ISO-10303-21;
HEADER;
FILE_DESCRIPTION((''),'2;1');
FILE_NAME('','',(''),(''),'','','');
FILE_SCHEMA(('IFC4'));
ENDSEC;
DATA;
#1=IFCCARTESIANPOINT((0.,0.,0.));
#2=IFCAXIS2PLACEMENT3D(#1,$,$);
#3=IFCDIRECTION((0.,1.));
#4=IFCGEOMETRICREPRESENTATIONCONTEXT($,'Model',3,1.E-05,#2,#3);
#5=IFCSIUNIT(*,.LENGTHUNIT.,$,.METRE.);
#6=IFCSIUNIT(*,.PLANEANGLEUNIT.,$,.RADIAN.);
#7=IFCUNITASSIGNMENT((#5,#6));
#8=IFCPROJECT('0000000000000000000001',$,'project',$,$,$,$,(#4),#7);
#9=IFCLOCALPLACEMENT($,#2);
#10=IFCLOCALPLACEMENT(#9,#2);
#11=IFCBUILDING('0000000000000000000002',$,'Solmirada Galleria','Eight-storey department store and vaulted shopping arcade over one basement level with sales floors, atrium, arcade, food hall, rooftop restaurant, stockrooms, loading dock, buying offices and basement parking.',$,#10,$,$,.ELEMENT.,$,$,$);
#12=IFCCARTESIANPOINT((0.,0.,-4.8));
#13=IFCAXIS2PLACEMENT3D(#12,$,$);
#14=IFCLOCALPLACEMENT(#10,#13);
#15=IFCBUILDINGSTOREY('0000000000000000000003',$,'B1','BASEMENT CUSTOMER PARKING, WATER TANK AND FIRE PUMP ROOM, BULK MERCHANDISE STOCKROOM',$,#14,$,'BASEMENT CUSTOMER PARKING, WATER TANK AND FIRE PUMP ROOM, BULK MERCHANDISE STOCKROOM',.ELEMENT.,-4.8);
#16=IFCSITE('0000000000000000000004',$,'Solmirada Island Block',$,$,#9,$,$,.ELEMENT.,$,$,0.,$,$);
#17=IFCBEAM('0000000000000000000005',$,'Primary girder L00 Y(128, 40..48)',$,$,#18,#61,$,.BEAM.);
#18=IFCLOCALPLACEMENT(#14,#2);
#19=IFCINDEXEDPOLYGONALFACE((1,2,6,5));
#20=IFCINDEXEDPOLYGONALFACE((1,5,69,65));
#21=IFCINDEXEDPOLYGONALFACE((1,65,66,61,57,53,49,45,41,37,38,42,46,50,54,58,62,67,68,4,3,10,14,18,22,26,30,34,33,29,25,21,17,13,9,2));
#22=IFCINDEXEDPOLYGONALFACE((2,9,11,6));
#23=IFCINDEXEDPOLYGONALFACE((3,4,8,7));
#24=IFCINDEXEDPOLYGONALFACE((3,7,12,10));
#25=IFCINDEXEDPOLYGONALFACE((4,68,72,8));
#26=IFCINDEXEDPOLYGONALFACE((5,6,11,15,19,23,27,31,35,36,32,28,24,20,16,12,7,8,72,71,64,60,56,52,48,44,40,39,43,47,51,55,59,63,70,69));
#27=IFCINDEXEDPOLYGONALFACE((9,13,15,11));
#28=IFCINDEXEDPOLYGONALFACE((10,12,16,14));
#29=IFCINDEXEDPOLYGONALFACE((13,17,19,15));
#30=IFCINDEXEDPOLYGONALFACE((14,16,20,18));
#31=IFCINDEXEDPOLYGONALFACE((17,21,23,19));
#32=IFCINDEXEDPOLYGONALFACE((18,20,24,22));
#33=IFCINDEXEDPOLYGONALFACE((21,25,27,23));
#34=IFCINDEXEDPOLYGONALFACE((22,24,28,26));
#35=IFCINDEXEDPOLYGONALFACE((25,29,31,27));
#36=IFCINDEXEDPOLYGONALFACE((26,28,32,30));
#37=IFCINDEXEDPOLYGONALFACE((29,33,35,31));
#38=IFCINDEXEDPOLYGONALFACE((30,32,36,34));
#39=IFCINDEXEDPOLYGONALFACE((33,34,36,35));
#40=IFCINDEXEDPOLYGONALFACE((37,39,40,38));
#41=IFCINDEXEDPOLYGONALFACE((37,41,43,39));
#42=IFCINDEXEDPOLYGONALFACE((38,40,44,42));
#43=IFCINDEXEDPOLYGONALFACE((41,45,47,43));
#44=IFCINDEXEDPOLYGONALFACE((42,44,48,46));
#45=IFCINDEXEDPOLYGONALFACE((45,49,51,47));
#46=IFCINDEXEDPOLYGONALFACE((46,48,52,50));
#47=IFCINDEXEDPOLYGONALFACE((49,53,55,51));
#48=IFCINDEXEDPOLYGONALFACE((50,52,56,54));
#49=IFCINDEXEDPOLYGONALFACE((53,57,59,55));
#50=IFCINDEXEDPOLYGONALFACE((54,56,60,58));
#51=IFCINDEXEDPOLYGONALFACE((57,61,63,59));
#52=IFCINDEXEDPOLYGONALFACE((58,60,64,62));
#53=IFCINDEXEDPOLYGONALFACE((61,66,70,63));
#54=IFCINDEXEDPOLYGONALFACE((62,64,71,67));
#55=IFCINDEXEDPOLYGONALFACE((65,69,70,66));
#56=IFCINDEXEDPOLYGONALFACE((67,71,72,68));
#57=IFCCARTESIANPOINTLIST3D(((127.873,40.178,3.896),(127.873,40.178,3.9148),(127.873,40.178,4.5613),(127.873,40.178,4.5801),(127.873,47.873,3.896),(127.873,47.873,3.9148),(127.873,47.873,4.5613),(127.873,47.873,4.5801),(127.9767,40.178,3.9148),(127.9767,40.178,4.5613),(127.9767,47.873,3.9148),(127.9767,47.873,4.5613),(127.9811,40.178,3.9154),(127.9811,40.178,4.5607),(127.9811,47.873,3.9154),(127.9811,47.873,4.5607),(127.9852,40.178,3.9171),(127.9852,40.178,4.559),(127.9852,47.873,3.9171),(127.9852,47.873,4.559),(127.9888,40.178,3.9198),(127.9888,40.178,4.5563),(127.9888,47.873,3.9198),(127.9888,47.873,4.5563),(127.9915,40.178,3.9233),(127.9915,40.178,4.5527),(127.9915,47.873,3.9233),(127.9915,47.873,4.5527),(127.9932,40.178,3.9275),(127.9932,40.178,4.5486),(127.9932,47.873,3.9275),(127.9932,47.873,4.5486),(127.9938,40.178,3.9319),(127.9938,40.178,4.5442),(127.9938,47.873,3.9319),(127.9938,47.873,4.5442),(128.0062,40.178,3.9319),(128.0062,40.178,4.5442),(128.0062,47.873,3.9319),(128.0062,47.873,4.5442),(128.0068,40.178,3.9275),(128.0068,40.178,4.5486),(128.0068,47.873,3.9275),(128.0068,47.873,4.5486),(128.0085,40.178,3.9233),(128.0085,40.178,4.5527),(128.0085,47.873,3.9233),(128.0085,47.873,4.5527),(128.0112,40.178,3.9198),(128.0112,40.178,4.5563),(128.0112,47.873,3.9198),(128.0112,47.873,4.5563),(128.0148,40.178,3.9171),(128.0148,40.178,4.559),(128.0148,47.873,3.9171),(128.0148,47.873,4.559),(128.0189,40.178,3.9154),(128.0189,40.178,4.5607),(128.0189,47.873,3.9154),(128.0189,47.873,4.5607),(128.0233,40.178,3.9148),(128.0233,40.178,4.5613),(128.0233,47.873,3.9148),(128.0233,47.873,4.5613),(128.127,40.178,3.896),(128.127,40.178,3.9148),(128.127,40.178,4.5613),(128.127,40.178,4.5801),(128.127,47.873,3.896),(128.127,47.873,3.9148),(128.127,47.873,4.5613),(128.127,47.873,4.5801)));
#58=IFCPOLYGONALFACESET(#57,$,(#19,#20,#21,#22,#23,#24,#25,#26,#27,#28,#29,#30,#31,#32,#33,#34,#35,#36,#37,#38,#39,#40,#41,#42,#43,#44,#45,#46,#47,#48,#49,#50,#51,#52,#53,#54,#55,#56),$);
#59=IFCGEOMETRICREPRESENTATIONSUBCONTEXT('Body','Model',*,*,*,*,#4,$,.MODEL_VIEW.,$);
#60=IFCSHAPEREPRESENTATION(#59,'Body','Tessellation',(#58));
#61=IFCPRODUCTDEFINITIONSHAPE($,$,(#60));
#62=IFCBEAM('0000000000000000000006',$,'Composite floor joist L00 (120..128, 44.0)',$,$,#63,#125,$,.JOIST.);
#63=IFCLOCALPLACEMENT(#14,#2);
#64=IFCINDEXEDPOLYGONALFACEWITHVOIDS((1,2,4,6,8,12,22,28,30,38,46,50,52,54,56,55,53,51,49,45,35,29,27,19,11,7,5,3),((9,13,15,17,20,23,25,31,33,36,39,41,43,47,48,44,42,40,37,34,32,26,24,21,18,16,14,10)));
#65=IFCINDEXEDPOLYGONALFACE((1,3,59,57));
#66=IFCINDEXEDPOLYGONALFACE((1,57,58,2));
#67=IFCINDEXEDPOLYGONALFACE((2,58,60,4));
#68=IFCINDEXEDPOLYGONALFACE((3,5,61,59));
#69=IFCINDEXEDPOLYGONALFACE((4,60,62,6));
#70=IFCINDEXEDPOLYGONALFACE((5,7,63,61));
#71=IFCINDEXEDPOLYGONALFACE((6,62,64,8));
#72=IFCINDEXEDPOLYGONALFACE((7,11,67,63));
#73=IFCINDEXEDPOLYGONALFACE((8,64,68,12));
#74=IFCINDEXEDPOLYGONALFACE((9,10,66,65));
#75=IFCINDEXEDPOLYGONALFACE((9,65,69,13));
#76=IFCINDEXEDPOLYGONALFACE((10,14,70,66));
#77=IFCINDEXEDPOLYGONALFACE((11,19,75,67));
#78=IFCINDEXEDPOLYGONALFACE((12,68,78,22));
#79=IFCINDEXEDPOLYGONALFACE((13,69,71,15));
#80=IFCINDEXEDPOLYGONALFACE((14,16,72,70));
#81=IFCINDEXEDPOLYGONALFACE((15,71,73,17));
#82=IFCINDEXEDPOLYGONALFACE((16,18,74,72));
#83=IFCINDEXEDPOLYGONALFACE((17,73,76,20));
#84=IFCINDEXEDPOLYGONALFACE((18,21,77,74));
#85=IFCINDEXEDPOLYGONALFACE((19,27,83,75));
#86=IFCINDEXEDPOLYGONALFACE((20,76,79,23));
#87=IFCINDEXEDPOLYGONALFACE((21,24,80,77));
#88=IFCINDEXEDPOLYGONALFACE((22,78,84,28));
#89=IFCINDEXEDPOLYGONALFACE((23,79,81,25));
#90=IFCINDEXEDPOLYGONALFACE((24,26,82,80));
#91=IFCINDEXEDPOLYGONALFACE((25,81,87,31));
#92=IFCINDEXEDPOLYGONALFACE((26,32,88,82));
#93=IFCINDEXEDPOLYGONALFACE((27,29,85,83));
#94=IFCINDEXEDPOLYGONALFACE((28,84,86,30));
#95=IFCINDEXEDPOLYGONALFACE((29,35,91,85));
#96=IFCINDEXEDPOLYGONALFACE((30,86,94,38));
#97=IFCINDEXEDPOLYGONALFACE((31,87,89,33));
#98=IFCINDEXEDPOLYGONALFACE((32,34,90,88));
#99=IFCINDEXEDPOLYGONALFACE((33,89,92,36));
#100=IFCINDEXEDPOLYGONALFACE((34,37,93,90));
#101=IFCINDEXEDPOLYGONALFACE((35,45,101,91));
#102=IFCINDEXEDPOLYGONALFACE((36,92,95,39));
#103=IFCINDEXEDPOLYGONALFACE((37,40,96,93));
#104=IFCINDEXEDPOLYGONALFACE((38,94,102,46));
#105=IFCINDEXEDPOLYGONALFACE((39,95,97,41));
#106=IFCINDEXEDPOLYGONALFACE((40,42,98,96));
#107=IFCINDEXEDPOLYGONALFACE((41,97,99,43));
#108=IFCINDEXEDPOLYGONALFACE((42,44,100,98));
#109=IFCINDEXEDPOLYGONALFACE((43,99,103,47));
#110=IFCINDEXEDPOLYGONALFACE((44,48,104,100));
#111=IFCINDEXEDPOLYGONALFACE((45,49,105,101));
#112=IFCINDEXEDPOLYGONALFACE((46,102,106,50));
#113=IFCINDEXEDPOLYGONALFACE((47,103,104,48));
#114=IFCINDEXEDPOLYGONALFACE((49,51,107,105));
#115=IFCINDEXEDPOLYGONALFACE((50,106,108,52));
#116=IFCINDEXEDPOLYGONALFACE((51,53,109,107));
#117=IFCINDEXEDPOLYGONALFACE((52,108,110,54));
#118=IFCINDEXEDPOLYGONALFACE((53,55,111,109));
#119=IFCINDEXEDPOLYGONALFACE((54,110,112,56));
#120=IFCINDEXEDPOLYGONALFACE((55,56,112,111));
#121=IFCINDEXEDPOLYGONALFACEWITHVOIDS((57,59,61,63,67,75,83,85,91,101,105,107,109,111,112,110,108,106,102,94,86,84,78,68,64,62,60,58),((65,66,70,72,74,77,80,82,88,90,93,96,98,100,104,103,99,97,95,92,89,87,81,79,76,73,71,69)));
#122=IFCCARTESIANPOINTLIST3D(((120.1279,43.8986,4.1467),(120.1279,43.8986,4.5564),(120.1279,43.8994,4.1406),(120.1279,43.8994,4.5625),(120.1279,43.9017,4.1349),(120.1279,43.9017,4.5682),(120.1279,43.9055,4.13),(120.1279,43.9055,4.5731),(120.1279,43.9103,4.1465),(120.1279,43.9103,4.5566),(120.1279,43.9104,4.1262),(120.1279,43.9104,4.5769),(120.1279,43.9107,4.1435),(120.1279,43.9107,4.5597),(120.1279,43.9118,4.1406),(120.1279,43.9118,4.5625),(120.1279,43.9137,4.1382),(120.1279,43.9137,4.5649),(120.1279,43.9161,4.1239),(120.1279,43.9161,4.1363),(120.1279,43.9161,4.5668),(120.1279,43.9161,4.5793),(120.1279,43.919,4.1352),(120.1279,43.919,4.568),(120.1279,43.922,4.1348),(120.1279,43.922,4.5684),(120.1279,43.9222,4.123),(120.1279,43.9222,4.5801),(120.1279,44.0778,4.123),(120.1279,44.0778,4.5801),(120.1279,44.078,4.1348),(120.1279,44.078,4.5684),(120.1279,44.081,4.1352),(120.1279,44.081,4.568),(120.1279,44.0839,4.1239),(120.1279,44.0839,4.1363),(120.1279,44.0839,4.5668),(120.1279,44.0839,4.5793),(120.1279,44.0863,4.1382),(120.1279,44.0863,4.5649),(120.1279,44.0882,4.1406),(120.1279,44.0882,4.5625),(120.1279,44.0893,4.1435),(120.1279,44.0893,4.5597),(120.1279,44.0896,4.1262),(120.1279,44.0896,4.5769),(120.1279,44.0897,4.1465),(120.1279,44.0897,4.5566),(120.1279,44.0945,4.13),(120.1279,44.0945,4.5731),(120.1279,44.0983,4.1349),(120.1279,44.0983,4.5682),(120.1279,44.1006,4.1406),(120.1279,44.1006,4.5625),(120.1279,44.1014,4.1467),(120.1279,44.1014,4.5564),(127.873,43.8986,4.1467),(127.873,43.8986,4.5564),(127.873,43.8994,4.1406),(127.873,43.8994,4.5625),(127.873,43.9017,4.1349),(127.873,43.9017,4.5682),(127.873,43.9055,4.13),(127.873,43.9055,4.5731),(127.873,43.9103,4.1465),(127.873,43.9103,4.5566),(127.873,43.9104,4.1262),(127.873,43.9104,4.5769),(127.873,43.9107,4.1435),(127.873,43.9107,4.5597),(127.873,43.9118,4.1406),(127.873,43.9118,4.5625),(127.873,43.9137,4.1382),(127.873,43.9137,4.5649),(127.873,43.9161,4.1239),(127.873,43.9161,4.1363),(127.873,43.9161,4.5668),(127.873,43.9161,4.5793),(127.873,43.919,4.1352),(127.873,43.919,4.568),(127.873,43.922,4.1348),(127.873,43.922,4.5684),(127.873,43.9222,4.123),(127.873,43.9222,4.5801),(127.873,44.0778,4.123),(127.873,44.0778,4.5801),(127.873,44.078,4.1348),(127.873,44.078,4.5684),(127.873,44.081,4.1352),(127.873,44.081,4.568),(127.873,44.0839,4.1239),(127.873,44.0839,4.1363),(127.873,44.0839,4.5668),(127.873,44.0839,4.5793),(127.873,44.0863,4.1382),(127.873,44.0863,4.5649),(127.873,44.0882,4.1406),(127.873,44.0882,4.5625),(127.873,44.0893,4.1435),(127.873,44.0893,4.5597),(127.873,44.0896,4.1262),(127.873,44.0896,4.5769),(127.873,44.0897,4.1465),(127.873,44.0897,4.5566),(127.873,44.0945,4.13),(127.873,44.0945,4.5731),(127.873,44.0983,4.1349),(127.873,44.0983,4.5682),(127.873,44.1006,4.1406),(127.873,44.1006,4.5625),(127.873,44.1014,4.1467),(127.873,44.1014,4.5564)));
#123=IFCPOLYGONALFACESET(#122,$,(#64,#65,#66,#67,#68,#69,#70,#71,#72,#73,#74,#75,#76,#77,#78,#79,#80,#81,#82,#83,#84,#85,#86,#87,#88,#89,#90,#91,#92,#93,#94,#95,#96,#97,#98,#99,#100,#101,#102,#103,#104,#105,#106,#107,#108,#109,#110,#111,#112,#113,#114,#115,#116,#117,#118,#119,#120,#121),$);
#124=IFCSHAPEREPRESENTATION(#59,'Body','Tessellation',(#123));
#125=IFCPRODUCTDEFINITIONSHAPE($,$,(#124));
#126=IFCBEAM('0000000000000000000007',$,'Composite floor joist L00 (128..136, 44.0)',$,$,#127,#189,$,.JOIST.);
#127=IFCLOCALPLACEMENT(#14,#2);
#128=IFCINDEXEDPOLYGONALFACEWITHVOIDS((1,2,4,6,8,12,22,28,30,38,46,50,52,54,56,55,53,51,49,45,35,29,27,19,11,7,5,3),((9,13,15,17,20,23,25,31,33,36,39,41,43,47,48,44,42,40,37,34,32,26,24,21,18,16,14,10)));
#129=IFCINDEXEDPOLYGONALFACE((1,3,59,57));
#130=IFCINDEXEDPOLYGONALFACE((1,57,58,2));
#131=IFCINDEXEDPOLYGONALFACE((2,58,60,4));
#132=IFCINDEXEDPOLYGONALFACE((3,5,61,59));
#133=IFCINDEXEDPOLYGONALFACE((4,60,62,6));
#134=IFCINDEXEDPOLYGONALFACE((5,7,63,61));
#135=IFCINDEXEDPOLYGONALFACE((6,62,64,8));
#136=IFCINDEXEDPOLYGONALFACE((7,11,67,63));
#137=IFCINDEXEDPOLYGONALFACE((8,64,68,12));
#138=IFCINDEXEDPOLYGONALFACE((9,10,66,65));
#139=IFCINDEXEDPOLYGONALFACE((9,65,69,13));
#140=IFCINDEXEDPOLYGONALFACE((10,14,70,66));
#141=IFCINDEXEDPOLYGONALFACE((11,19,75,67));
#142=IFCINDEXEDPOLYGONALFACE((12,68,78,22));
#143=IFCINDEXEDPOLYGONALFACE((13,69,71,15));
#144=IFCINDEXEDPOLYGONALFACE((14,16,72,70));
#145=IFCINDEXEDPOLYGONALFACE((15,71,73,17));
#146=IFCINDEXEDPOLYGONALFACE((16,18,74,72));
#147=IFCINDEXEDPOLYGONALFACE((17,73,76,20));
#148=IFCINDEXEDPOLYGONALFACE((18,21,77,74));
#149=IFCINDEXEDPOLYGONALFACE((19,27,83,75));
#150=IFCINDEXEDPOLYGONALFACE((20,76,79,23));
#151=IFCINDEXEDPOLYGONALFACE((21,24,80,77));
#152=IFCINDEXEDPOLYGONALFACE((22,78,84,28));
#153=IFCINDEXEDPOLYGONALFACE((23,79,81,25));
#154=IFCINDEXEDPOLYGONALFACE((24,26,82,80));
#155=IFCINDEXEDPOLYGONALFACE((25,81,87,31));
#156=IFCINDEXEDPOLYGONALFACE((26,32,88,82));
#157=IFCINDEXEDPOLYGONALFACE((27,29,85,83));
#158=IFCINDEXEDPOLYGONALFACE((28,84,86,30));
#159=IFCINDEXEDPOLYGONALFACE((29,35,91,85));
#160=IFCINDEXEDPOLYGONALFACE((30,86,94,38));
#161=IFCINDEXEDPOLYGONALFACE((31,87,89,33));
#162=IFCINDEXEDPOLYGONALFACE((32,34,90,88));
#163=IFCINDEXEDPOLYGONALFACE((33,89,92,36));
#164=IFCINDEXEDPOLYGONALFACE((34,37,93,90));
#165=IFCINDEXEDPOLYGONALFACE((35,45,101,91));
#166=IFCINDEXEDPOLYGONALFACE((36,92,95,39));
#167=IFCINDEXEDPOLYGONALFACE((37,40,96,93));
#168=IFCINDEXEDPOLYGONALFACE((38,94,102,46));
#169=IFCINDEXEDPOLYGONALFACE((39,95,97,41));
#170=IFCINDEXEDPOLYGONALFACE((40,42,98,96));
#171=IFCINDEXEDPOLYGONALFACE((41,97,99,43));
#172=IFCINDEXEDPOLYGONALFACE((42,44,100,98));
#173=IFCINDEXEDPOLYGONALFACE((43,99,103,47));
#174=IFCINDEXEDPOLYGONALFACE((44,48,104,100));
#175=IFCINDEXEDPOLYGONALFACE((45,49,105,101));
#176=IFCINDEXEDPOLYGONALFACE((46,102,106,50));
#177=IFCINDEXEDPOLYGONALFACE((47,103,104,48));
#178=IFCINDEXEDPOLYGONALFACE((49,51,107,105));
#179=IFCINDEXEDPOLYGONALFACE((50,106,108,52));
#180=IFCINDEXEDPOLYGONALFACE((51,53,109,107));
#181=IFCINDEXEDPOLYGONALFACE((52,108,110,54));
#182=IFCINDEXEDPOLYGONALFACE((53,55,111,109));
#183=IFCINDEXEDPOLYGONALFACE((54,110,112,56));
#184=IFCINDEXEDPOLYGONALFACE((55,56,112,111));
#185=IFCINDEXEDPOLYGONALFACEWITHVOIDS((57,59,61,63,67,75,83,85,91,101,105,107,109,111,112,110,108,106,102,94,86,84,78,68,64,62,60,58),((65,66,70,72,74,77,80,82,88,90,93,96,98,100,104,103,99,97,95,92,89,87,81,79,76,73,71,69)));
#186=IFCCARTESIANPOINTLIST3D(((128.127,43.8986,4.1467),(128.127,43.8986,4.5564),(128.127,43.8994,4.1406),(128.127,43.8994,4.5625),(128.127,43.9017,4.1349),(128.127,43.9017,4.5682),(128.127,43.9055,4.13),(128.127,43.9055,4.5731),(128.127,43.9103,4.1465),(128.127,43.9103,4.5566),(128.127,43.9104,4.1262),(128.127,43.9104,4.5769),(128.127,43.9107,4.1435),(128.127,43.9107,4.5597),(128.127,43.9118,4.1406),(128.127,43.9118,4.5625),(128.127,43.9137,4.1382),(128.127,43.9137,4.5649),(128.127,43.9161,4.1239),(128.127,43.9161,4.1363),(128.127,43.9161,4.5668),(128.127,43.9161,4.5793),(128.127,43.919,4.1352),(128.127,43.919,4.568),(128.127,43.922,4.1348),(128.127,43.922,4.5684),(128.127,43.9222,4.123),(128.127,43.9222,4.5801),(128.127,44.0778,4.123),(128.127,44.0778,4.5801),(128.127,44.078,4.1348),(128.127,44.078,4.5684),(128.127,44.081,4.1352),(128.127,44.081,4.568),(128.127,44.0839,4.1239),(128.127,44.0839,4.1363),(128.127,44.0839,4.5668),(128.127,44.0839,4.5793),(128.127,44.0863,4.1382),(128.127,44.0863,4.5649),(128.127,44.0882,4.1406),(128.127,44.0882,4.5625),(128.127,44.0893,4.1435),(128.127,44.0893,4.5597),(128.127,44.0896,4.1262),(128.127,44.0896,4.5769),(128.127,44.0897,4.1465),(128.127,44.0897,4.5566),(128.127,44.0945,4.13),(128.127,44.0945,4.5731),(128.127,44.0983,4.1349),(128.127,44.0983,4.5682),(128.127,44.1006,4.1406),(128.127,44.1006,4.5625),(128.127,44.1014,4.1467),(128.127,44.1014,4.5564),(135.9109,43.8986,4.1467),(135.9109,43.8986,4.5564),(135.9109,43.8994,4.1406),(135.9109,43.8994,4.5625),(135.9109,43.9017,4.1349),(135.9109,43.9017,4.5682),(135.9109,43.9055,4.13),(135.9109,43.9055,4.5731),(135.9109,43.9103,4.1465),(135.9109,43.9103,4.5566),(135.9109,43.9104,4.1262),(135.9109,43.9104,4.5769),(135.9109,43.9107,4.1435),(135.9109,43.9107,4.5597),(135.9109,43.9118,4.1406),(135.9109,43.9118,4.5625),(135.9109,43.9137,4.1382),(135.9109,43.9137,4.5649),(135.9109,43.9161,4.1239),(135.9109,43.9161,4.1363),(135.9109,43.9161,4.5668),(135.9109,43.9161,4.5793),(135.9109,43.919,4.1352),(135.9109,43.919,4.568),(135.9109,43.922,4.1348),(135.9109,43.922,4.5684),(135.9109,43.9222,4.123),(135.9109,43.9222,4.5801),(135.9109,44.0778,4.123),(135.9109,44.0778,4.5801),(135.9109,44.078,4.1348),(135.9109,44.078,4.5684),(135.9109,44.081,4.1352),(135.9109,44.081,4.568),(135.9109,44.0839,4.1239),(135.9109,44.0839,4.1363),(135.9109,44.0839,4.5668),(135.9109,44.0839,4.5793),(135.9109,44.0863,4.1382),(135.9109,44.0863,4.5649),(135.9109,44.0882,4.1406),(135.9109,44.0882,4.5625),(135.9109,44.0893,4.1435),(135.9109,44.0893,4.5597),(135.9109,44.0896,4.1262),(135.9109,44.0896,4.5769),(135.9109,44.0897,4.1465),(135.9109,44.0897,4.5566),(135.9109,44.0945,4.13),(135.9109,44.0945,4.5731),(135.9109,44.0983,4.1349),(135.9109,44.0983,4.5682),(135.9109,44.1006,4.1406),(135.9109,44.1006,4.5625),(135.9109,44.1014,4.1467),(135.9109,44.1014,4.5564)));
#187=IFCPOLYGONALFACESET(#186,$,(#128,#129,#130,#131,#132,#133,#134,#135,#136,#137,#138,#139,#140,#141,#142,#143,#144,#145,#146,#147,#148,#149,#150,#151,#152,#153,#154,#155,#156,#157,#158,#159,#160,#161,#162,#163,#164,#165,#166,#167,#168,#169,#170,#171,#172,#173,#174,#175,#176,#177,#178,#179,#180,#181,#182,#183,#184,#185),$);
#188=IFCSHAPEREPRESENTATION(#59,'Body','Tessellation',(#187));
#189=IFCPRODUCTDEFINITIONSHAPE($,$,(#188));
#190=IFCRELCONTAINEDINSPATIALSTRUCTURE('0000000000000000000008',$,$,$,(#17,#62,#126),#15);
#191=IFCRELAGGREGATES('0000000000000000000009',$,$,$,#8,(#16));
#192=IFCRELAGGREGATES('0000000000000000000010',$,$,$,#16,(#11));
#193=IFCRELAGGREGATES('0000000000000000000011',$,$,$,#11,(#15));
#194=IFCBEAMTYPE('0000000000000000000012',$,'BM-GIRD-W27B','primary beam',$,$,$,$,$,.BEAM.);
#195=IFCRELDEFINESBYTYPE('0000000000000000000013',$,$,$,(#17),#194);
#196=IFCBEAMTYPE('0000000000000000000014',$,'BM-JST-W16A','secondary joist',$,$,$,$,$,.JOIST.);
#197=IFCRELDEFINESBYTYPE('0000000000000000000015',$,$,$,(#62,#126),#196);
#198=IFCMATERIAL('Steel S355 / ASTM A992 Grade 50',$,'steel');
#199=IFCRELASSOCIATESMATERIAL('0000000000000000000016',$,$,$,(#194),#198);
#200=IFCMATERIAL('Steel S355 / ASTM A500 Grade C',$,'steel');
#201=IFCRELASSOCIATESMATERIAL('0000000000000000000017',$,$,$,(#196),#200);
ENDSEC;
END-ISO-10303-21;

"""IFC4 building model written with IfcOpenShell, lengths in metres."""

from ifc_helpers import new_model, si_unit, direction, frame, origin, origin_2d, place, context, subcontext, project, spatial, hollow_rectangle, i_section, extrude, material, material_profile, profile_set, type_object, element, save


model = new_model("IFC4")

# Units and contexts
model_context = context("Model", 3, precision=1e-05, world=origin(), true_north=direction((0.0, 1.0)))
body_context = subcontext(model_context, "Body", "Model", "MODEL_VIEW")
ifc_project = project(units=[si_unit("LENGTHUNIT", "METRE"), si_unit("PLANEANGLEUNIT", "RADIAN")], contexts=[model_context])

# Site, building, storey
site_placement = place(None, origin())
site = spatial("IfcSite", under=ifc_project, at=site_placement, Name="Solmirada Island Block", CompositionType="ELEMENT", RefElevation=0.0)
building_placement = place(site_placement, origin())
building = spatial("IfcBuilding", under=site, at=building_placement, Name="Solmirada Galleria", Description="Eight-storey department store and vaulted shopping arcade over one basement level with sales floors, atrium, arcade, food hall, rooftop restaurant, stockrooms, loading dock, buying offices and basement parking.", CompositionType="ELEMENT")
storey_placement = place(building_placement, frame((0.0, 0.0, -4.8)))
storey = spatial("IfcBuildingStorey", under=building, at=storey_placement, Name="B1", Description="BASEMENT CUSTOMER PARKING, WATER TANK AND FIRE PUMP ROOM, BULK MERCHANDISE STOCKROOM", LongName="BASEMENT CUSTOMER PARKING, WATER TANK AND FIRE PUMP ROOM, BULK MERCHANDISE STOCKROOM", CompositionType="ELEMENT", Elevation=-4.8)

# Shared definitions
ifc_material_1 = material(Name="Steel S355 / ASTM A500 Grade C", Category="steel")

# Beams
ifc_material_2 = material(Name="Steel S355 / ASTM A992 Grade 50", Category="steel")
ifc_material_profile_1 = material_profile(ifc_material_2, i_section(OverallWidth=0.2539, OverallDepth=0.6841, WebThickness=0.0125, FlangeThickness=0.0188, FilletRadius=0.0171, at=origin_2d()), Name="W27X94")
ifc_profile_set_1 = profile_set([ifc_material_profile_1], Name="Steel S355 / ASTM A992 Grade 50")
beam_type_1 = type_object("IfcBeamType", Name="BM-GIRD-W27B", Description="primary beam", PredefinedType="BEAM", material=ifc_profile_set_1)
beam_1_placement = place(storey_placement, frame((128.0, 40.178, 4.238), z_axis=(0.0, 1.0, 0.0), x_axis=(-1.0, 0.0, 0.0)))
element("IfcBeam", 1, at=beam_1_placement, inside=storey, type_object=beam_type_1, Name="Primary girder L00 Y(128, 40..48)", PredefinedType="BEAM", context=body_context, shape_type="SweptSolid", body=[
    extrude(i_section(OverallWidth=0.2539, OverallDepth=0.6841, WebThickness=0.0125, FlangeThickness=0.0188, FilletRadius=0.0171, at=origin_2d()), origin(), (0.0, 0.0, 1.0), 7.6951),
])
ifc_material_profile_2 = material_profile(ifc_material_1, hollow_rectangle(XDim=0.2029, YDim=0.457, WallThickness=0.0117, InnerFilletRadius=0.0117, OuterFilletRadius=0.0237, at=origin_2d()), Name="HSS18X8X1/2")
ifc_profile_set_2 = profile_set([ifc_material_profile_2], Name="Steel S355 / ASTM A500 Grade C")
beam_type_2 = type_object("IfcBeamType", Name="BM-JST-W16A", Description="secondary joist", PredefinedType="JOIST", material=ifc_profile_set_2)
beam_2_placement = place(storey_placement, frame((120.1279, 44.0, 4.3516), z_axis=(1.0, 0.0, 0.0), x_axis=(0.0, 1.0, 0.0)))
element("IfcBeam", 2, at=beam_2_placement, inside=storey, type_object=beam_type_2, Name="Composite floor joist L00 (120..128, 44.0)", PredefinedType="JOIST", context=body_context, shape_type="SweptSolid", body=[
    extrude(hollow_rectangle(XDim=0.2029, YDim=0.457, WallThickness=0.0117, InnerFilletRadius=0.0117, OuterFilletRadius=0.0237, at=origin_2d()), origin(), (0.0, 0.0, 1.0), 7.7451),
])
beam_3_placement = place(storey_placement, frame((128.127, 44.0, 4.3516), z_axis=(1.0, 0.0, 0.0), x_axis=(0.0, 1.0, 0.0)))
element("IfcBeam", 3, at=beam_3_placement, inside=storey, type_object=beam_type_2, Name="Composite floor joist L00 (128..136, 44.0)", PredefinedType="JOIST", context=body_context, shape_type="SweptSolid", body=[
    extrude(hollow_rectangle(XDim=0.2029, YDim=0.457, WallThickness=0.0117, InnerFilletRadius=0.0117, OuterFilletRadius=0.0237, at=origin_2d()), origin(), (0.0, 0.0, 1.0), 7.7839),
])

save(model, "model.ifc")
